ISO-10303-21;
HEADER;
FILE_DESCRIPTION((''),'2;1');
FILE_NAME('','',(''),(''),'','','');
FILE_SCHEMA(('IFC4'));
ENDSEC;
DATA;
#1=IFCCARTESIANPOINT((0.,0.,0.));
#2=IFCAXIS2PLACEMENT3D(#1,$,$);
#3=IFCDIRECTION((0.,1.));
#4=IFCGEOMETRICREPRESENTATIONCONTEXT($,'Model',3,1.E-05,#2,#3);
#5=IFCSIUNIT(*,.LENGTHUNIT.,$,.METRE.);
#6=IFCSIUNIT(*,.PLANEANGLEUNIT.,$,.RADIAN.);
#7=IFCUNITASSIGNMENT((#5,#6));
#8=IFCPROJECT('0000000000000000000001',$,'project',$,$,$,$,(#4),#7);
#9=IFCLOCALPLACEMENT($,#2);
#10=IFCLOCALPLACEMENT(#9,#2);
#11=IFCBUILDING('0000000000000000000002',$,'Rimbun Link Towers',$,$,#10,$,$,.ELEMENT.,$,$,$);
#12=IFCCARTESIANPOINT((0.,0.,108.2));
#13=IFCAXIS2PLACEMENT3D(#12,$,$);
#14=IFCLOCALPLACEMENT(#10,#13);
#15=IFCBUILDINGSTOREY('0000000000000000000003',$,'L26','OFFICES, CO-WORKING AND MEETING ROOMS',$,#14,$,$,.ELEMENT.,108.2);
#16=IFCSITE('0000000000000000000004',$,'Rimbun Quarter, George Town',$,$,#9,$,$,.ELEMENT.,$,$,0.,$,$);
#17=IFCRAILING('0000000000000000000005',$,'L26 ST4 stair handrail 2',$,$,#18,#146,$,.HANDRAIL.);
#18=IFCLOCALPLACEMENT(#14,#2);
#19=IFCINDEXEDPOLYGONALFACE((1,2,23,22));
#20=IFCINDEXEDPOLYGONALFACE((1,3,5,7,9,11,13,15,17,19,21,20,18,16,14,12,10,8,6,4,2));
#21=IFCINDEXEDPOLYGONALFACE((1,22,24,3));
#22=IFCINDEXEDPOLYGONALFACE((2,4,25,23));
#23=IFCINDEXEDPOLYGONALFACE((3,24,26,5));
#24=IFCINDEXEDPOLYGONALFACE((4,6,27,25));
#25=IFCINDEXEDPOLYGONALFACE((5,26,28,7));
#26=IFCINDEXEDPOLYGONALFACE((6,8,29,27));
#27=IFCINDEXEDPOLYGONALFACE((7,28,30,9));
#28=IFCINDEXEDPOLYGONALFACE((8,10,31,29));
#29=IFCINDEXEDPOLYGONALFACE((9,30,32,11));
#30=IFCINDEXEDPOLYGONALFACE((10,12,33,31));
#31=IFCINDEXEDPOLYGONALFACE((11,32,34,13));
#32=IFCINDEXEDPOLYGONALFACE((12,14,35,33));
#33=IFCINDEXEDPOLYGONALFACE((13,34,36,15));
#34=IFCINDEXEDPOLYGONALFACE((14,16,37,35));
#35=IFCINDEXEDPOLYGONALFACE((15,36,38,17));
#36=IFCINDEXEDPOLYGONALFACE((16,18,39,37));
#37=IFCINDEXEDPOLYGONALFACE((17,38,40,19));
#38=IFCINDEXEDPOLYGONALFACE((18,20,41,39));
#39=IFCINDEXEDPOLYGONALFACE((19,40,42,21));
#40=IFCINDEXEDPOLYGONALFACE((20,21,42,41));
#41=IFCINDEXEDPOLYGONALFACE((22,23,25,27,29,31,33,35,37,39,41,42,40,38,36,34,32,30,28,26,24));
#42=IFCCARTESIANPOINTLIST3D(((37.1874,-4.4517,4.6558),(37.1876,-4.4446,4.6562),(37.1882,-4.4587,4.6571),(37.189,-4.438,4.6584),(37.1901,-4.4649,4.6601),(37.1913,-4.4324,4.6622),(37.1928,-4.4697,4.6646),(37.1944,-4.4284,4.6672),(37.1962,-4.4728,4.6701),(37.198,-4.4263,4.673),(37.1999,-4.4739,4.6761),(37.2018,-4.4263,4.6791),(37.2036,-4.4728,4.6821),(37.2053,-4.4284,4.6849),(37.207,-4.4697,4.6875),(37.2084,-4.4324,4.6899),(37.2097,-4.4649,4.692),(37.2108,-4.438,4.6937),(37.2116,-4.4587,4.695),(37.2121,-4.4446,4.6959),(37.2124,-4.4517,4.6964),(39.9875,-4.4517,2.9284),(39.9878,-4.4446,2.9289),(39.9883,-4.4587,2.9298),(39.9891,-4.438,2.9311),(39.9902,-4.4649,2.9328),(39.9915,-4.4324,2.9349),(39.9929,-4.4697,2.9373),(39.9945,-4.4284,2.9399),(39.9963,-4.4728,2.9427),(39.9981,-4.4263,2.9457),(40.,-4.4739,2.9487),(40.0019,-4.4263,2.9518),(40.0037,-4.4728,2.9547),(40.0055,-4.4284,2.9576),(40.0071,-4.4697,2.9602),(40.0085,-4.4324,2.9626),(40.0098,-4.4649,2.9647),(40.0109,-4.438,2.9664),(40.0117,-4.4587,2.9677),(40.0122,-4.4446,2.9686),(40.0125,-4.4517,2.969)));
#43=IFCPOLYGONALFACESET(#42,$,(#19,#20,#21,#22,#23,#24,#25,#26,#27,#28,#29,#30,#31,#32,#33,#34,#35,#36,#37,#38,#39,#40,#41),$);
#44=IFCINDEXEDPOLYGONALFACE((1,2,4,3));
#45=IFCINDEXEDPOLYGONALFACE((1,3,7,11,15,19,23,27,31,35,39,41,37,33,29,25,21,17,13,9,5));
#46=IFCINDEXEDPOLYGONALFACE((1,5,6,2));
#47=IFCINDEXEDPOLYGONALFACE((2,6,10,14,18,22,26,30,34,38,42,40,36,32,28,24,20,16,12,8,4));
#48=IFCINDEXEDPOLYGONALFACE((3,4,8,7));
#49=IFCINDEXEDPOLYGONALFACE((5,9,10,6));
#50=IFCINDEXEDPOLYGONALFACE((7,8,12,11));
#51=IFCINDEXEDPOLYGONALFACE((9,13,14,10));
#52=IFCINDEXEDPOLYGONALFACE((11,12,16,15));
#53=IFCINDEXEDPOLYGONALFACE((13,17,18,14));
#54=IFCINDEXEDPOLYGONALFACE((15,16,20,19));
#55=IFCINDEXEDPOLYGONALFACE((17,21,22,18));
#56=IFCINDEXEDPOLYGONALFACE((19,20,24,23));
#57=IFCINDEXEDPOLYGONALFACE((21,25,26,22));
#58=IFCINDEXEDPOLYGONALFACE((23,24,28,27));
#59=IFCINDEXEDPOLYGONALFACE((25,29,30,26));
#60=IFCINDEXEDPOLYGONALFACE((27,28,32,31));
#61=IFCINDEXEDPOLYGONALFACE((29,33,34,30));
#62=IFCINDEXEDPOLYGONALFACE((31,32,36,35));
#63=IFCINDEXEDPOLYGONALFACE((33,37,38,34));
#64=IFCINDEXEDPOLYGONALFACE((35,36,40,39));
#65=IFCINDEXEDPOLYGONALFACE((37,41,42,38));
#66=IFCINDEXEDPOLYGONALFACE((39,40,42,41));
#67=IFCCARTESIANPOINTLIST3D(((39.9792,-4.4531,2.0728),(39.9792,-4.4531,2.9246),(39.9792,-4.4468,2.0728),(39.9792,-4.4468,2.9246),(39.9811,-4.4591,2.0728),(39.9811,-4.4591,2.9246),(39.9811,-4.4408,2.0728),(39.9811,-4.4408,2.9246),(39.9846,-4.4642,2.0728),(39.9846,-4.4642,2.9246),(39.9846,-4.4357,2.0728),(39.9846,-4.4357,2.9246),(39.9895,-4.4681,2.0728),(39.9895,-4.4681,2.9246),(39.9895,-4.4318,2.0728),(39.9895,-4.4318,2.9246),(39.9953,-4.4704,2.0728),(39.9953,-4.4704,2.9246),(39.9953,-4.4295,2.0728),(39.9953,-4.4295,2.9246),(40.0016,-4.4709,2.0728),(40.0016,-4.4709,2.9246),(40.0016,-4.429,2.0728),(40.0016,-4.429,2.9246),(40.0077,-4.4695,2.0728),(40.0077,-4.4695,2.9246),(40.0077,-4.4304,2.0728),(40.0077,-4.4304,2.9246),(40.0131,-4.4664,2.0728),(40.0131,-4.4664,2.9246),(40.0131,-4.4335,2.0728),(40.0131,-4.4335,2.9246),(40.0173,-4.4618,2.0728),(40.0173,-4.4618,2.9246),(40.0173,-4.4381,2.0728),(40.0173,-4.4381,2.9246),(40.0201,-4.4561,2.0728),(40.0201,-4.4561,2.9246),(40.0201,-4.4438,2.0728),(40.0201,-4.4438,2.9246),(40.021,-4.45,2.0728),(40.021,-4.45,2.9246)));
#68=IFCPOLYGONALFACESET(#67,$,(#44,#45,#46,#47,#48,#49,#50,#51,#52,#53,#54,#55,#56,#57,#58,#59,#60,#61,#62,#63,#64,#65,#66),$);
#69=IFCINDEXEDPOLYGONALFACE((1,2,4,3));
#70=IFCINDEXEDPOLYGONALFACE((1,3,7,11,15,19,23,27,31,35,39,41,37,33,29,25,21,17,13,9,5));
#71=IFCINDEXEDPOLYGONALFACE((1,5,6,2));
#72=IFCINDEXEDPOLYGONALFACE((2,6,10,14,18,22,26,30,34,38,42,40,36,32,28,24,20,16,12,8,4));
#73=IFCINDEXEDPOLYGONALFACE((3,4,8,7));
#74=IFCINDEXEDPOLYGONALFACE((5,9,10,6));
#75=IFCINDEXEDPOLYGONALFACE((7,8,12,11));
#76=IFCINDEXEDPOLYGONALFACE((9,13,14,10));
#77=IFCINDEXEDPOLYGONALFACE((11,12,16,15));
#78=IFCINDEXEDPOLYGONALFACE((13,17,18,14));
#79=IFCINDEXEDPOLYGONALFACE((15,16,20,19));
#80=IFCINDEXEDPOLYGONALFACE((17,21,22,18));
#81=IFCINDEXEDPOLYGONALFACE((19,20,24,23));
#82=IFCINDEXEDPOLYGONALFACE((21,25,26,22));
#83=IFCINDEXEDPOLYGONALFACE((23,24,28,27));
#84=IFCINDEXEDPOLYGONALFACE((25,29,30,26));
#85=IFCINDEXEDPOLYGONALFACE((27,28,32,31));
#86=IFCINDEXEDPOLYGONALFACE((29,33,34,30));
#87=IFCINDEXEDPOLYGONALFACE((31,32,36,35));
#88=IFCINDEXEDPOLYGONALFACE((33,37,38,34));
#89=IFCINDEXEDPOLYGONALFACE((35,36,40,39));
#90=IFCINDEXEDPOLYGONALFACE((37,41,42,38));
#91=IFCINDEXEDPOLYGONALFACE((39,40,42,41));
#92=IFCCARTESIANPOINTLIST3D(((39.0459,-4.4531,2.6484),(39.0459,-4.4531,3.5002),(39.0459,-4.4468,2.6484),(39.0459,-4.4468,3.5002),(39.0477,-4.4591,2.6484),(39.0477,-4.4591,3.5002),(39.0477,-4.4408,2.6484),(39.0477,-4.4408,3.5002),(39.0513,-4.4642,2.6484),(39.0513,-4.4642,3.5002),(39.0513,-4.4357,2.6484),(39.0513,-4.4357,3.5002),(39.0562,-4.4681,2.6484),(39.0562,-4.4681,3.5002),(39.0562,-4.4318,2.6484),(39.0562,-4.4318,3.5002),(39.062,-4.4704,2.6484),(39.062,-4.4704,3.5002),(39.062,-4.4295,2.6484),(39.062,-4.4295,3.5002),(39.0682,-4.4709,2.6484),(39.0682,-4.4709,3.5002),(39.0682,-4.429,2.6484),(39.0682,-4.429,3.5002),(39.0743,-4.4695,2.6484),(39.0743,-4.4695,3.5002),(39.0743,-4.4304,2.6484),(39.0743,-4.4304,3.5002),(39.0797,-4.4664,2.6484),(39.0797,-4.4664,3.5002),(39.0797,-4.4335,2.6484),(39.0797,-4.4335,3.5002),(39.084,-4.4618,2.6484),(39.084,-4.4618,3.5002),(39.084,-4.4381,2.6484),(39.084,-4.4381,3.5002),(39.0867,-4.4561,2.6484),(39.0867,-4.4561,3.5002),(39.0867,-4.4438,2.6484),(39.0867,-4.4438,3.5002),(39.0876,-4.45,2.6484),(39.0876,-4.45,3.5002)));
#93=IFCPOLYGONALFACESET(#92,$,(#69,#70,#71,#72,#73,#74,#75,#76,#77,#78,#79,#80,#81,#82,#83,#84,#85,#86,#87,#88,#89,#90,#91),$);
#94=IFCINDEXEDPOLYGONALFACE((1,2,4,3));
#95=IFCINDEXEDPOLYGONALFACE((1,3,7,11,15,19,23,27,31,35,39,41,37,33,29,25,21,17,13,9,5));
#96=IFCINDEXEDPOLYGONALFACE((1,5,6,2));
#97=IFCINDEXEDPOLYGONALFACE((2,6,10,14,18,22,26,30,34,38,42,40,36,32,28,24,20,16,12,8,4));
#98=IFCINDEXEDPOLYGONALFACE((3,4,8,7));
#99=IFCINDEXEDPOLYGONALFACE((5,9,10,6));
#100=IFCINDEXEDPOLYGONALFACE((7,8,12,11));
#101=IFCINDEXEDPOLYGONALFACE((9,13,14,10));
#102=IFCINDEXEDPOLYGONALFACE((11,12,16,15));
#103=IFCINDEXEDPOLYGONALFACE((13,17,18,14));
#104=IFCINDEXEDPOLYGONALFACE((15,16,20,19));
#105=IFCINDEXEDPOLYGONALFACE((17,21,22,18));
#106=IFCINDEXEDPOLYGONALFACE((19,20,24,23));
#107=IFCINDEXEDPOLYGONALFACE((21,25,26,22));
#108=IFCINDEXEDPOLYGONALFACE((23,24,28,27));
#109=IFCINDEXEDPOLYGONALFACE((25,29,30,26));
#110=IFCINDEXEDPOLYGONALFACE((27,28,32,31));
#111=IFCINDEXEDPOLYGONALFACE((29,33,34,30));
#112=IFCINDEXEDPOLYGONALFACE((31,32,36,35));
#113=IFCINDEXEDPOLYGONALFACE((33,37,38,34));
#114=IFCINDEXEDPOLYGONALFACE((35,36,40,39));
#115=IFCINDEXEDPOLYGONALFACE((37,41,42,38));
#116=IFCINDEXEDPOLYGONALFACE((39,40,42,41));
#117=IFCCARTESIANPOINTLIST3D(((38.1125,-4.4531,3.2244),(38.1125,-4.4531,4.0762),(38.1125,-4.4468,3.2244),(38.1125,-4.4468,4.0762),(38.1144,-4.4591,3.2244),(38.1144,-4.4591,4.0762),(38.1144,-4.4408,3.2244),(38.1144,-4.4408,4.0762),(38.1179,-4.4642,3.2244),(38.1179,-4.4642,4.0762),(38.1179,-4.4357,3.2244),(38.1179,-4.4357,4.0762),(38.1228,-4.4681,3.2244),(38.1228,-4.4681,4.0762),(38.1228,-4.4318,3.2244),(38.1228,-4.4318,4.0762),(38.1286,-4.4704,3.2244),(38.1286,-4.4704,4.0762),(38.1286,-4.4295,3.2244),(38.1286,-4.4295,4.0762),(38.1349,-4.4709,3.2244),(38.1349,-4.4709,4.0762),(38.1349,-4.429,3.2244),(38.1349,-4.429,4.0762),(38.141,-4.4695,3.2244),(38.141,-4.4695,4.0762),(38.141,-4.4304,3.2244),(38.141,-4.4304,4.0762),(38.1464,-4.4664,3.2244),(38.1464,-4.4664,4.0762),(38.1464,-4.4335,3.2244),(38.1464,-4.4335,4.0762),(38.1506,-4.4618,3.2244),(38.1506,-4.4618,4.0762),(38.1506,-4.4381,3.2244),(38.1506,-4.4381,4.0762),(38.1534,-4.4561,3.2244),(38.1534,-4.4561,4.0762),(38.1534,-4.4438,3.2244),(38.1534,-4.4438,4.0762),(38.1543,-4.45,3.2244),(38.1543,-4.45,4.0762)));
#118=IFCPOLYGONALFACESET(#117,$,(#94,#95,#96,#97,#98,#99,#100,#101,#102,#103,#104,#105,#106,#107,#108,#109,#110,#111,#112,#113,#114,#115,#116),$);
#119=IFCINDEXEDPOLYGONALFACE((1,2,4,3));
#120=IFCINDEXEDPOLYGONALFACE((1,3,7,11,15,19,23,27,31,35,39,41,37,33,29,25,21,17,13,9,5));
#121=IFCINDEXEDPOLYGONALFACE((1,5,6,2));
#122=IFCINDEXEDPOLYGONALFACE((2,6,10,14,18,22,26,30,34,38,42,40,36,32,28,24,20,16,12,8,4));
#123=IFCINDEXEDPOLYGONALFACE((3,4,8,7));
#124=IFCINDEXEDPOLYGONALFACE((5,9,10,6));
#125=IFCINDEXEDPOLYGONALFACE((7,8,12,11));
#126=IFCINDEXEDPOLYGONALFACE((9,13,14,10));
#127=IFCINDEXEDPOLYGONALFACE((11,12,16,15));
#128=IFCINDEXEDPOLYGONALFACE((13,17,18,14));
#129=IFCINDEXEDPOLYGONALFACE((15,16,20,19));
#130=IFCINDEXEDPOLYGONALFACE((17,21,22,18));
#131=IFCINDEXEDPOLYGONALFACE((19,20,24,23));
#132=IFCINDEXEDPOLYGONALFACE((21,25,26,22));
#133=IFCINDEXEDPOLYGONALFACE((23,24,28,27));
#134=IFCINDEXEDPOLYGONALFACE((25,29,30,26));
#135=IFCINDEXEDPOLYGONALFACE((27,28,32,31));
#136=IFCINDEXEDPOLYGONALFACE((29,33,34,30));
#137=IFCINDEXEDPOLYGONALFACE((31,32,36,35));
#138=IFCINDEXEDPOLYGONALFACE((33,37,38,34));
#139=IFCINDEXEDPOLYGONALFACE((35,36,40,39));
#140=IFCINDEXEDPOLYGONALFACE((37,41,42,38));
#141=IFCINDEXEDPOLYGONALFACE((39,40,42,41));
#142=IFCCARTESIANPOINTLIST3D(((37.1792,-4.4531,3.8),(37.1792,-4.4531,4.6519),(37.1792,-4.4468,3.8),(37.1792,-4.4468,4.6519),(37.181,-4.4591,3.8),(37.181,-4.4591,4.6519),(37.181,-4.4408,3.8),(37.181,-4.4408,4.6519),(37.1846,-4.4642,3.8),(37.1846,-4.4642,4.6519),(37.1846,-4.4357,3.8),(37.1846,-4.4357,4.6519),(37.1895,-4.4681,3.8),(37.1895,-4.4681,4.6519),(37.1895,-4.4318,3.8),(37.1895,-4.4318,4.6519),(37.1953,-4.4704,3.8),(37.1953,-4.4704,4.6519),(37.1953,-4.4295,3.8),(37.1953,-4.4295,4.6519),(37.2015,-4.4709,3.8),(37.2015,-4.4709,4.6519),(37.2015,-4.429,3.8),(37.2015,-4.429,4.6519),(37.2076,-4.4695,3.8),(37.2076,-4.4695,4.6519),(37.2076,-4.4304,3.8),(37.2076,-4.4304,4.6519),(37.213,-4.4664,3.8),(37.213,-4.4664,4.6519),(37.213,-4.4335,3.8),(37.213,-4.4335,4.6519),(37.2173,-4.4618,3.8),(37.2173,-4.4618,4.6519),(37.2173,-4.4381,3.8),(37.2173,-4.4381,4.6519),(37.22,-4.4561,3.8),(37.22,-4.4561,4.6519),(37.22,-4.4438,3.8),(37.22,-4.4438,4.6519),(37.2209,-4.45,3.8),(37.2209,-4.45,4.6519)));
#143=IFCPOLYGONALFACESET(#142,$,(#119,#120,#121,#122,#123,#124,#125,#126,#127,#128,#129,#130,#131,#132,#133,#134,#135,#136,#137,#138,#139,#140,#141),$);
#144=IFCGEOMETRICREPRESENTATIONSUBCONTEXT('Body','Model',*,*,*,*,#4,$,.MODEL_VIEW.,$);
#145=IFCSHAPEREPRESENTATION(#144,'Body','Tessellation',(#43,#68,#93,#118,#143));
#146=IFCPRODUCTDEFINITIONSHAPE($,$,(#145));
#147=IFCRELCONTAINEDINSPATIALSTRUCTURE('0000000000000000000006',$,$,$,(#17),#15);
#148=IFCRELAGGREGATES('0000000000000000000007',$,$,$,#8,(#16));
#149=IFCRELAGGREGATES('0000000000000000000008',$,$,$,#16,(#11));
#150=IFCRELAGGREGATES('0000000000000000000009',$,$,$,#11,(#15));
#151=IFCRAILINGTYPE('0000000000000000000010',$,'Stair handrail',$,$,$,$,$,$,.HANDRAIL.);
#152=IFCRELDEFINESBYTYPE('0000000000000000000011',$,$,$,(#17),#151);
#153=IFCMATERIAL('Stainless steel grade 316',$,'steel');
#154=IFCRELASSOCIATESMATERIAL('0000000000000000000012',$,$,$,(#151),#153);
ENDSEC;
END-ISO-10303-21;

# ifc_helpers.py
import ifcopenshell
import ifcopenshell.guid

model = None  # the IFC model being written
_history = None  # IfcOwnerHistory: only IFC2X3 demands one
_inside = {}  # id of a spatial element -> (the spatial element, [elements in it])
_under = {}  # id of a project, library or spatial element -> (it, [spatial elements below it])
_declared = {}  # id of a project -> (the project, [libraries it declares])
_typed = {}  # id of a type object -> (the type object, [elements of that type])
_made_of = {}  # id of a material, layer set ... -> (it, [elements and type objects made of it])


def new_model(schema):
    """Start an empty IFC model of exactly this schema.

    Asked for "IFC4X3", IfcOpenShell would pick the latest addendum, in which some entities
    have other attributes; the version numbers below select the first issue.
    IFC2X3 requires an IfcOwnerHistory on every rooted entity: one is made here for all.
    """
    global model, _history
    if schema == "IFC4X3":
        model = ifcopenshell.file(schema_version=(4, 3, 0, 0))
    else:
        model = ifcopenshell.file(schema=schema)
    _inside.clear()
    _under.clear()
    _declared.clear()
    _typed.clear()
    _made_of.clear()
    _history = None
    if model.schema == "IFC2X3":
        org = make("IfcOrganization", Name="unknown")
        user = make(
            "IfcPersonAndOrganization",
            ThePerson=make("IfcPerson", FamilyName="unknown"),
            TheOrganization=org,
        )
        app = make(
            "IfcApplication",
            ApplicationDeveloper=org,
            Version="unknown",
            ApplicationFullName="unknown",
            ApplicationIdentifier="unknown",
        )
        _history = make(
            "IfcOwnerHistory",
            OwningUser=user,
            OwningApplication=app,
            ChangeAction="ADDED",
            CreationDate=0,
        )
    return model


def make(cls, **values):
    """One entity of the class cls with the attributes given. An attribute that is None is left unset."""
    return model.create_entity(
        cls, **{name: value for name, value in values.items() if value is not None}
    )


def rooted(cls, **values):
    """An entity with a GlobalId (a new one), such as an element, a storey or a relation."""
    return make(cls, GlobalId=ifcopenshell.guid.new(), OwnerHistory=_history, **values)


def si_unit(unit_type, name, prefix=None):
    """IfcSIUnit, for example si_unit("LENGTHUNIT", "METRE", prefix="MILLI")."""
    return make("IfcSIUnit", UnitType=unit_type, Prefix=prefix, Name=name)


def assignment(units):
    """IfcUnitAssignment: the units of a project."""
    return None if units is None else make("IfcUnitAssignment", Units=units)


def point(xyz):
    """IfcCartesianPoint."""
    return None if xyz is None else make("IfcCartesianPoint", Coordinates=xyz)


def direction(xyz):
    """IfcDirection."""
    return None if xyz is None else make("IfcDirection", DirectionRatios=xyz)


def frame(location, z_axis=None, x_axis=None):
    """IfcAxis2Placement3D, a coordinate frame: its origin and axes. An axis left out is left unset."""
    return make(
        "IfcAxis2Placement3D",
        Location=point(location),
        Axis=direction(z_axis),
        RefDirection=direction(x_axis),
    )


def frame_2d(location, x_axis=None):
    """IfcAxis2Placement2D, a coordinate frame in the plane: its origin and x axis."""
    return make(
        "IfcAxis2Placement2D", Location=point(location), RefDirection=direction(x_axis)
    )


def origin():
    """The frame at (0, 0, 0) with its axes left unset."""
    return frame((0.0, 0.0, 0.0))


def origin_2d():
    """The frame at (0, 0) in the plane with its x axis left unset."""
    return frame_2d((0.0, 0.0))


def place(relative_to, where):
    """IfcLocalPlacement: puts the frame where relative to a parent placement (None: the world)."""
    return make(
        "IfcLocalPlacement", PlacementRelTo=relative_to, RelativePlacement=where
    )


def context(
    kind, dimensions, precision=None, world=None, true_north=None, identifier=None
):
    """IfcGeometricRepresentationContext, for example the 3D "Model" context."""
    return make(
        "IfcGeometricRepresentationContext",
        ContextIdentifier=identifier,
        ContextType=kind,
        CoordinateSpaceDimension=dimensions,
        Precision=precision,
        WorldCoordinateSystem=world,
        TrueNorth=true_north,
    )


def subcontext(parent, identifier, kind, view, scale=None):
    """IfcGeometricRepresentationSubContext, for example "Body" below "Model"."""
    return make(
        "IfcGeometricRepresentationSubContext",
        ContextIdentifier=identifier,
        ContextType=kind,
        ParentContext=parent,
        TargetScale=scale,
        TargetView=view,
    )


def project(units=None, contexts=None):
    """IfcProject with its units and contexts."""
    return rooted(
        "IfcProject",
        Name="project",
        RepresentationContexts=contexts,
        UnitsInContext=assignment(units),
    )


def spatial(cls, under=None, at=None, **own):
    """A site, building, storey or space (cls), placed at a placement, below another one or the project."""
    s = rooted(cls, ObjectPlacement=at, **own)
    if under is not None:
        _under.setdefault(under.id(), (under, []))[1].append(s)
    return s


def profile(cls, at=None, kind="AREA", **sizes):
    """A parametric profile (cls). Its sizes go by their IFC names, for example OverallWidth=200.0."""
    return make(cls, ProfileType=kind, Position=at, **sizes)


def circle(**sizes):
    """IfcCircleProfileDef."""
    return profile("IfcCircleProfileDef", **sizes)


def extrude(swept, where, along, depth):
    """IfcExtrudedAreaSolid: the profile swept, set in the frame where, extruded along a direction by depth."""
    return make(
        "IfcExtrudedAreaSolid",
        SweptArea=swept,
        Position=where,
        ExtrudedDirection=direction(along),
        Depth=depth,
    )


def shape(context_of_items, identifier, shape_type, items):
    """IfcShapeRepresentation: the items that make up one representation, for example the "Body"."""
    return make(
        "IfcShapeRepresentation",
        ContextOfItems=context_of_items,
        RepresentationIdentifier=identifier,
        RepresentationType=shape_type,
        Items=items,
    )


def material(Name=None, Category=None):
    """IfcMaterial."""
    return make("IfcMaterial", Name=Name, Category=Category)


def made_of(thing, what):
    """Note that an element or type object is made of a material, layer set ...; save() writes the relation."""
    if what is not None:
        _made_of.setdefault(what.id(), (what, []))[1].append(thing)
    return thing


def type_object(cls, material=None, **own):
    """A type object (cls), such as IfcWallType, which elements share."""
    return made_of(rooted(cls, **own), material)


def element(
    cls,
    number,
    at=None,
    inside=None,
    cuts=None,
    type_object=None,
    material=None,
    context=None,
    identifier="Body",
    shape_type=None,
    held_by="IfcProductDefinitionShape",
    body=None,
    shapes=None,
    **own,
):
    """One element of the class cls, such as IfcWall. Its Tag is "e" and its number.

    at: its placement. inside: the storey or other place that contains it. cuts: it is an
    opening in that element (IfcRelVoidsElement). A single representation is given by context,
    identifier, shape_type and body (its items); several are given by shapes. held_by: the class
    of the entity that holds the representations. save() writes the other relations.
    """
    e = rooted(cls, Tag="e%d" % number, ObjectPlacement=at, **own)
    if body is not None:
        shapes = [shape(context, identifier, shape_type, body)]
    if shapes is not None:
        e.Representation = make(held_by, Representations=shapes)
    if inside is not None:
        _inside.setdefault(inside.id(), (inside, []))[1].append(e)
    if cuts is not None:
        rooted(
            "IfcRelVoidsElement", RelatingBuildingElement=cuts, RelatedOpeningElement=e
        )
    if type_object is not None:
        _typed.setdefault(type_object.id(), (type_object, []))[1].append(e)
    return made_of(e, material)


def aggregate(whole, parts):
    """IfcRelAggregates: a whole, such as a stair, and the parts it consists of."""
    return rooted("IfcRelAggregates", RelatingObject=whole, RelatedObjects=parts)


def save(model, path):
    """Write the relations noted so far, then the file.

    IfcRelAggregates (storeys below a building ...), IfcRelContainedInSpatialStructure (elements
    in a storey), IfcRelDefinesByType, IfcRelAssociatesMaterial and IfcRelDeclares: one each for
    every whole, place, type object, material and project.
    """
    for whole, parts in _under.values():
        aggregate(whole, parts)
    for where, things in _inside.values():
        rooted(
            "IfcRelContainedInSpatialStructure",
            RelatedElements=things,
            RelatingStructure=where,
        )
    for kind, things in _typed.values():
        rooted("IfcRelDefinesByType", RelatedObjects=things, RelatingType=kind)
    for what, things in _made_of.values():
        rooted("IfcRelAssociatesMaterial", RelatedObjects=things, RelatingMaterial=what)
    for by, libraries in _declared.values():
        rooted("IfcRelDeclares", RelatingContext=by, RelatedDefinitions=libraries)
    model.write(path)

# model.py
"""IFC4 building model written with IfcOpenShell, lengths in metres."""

from ifc_helpers import new_model, si_unit, direction, frame, origin, origin_2d, place, context, subcontext, project, spatial, circle, extrude, material, type_object, element, save


model = new_model("IFC4")

# Units and contexts
model_context = context("Model", 3, precision=1e-05, world=origin(), true_north=direction((0.0, 1.0)))
body_context = subcontext(model_context, "Body", "Model", "MODEL_VIEW")
ifc_project = project(units=[si_unit("LENGTHUNIT", "METRE"), si_unit("PLANEANGLEUNIT", "RADIAN")], contexts=[model_context])

# Site, building, storey
site_placement = place(None, origin())
site = spatial("IfcSite", under=ifc_project, at=site_placement, Name="Rimbun Quarter, George Town", CompositionType="ELEMENT", RefElevation=0.0)
building_placement = place(site_placement, origin())
building = spatial("IfcBuilding", under=site, at=building_placement, Name="Rimbun Link Towers", CompositionType="ELEMENT")
storey_placement = place(building_placement, frame((0.0, 0.0, 108.2)))
storey = spatial("IfcBuildingStorey", under=building, at=storey_placement, Name="L26", Description="OFFICES, CO-WORKING AND MEETING ROOMS", CompositionType="ELEMENT", Elevation=108.2)

# Railing
ifc_material_1 = material(Name="Stainless steel grade 316", Category="steel")
railing_type_1 = type_object("IfcRailingType", Name="Stair handrail", PredefinedType="HANDRAIL", material=ifc_material_1)
railing_1_placement = place(storey_placement, frame((40.0, -4.45, 2.0728)))
element("IfcRailing", 1, at=railing_1_placement, inside=storey, type_object=railing_type_1, Name="L26 ST4 stair handrail 2", PredefinedType="HANDRAIL", context=body_context, shape_type="SweptSolid", body=[
    extrude(circle(Radius=0.0239, at=origin_2d()), frame((0.0, 0.0, 0.876), z_axis=(-0.85109, 0.0, 0.52502), x_axis=(0.0, -1.0, 0.0)), (0.0, 0.0, 1.0), 3.29),
    extrude(circle(Radius=0.021, at=origin_2d()), origin(), (0.0, 0.0, 1.0), 0.8518),
    extrude(circle(Radius=0.021, at=origin_2d()), frame((-0.9333, 0.0, 0.5757)), (0.0, 0.0, 1.0), 0.8518),
    extrude(circle(Radius=0.021, at=origin_2d()), frame((-1.8667, 0.0, 1.1516)), (0.0, 0.0, 1.0), 0.8518),
    extrude(circle(Radius=0.021, at=origin_2d()), frame((-2.8, 0.0, 1.7273)), (0.0, 0.0, 1.0), 0.8518),
])

save(model, "model.ifc")
